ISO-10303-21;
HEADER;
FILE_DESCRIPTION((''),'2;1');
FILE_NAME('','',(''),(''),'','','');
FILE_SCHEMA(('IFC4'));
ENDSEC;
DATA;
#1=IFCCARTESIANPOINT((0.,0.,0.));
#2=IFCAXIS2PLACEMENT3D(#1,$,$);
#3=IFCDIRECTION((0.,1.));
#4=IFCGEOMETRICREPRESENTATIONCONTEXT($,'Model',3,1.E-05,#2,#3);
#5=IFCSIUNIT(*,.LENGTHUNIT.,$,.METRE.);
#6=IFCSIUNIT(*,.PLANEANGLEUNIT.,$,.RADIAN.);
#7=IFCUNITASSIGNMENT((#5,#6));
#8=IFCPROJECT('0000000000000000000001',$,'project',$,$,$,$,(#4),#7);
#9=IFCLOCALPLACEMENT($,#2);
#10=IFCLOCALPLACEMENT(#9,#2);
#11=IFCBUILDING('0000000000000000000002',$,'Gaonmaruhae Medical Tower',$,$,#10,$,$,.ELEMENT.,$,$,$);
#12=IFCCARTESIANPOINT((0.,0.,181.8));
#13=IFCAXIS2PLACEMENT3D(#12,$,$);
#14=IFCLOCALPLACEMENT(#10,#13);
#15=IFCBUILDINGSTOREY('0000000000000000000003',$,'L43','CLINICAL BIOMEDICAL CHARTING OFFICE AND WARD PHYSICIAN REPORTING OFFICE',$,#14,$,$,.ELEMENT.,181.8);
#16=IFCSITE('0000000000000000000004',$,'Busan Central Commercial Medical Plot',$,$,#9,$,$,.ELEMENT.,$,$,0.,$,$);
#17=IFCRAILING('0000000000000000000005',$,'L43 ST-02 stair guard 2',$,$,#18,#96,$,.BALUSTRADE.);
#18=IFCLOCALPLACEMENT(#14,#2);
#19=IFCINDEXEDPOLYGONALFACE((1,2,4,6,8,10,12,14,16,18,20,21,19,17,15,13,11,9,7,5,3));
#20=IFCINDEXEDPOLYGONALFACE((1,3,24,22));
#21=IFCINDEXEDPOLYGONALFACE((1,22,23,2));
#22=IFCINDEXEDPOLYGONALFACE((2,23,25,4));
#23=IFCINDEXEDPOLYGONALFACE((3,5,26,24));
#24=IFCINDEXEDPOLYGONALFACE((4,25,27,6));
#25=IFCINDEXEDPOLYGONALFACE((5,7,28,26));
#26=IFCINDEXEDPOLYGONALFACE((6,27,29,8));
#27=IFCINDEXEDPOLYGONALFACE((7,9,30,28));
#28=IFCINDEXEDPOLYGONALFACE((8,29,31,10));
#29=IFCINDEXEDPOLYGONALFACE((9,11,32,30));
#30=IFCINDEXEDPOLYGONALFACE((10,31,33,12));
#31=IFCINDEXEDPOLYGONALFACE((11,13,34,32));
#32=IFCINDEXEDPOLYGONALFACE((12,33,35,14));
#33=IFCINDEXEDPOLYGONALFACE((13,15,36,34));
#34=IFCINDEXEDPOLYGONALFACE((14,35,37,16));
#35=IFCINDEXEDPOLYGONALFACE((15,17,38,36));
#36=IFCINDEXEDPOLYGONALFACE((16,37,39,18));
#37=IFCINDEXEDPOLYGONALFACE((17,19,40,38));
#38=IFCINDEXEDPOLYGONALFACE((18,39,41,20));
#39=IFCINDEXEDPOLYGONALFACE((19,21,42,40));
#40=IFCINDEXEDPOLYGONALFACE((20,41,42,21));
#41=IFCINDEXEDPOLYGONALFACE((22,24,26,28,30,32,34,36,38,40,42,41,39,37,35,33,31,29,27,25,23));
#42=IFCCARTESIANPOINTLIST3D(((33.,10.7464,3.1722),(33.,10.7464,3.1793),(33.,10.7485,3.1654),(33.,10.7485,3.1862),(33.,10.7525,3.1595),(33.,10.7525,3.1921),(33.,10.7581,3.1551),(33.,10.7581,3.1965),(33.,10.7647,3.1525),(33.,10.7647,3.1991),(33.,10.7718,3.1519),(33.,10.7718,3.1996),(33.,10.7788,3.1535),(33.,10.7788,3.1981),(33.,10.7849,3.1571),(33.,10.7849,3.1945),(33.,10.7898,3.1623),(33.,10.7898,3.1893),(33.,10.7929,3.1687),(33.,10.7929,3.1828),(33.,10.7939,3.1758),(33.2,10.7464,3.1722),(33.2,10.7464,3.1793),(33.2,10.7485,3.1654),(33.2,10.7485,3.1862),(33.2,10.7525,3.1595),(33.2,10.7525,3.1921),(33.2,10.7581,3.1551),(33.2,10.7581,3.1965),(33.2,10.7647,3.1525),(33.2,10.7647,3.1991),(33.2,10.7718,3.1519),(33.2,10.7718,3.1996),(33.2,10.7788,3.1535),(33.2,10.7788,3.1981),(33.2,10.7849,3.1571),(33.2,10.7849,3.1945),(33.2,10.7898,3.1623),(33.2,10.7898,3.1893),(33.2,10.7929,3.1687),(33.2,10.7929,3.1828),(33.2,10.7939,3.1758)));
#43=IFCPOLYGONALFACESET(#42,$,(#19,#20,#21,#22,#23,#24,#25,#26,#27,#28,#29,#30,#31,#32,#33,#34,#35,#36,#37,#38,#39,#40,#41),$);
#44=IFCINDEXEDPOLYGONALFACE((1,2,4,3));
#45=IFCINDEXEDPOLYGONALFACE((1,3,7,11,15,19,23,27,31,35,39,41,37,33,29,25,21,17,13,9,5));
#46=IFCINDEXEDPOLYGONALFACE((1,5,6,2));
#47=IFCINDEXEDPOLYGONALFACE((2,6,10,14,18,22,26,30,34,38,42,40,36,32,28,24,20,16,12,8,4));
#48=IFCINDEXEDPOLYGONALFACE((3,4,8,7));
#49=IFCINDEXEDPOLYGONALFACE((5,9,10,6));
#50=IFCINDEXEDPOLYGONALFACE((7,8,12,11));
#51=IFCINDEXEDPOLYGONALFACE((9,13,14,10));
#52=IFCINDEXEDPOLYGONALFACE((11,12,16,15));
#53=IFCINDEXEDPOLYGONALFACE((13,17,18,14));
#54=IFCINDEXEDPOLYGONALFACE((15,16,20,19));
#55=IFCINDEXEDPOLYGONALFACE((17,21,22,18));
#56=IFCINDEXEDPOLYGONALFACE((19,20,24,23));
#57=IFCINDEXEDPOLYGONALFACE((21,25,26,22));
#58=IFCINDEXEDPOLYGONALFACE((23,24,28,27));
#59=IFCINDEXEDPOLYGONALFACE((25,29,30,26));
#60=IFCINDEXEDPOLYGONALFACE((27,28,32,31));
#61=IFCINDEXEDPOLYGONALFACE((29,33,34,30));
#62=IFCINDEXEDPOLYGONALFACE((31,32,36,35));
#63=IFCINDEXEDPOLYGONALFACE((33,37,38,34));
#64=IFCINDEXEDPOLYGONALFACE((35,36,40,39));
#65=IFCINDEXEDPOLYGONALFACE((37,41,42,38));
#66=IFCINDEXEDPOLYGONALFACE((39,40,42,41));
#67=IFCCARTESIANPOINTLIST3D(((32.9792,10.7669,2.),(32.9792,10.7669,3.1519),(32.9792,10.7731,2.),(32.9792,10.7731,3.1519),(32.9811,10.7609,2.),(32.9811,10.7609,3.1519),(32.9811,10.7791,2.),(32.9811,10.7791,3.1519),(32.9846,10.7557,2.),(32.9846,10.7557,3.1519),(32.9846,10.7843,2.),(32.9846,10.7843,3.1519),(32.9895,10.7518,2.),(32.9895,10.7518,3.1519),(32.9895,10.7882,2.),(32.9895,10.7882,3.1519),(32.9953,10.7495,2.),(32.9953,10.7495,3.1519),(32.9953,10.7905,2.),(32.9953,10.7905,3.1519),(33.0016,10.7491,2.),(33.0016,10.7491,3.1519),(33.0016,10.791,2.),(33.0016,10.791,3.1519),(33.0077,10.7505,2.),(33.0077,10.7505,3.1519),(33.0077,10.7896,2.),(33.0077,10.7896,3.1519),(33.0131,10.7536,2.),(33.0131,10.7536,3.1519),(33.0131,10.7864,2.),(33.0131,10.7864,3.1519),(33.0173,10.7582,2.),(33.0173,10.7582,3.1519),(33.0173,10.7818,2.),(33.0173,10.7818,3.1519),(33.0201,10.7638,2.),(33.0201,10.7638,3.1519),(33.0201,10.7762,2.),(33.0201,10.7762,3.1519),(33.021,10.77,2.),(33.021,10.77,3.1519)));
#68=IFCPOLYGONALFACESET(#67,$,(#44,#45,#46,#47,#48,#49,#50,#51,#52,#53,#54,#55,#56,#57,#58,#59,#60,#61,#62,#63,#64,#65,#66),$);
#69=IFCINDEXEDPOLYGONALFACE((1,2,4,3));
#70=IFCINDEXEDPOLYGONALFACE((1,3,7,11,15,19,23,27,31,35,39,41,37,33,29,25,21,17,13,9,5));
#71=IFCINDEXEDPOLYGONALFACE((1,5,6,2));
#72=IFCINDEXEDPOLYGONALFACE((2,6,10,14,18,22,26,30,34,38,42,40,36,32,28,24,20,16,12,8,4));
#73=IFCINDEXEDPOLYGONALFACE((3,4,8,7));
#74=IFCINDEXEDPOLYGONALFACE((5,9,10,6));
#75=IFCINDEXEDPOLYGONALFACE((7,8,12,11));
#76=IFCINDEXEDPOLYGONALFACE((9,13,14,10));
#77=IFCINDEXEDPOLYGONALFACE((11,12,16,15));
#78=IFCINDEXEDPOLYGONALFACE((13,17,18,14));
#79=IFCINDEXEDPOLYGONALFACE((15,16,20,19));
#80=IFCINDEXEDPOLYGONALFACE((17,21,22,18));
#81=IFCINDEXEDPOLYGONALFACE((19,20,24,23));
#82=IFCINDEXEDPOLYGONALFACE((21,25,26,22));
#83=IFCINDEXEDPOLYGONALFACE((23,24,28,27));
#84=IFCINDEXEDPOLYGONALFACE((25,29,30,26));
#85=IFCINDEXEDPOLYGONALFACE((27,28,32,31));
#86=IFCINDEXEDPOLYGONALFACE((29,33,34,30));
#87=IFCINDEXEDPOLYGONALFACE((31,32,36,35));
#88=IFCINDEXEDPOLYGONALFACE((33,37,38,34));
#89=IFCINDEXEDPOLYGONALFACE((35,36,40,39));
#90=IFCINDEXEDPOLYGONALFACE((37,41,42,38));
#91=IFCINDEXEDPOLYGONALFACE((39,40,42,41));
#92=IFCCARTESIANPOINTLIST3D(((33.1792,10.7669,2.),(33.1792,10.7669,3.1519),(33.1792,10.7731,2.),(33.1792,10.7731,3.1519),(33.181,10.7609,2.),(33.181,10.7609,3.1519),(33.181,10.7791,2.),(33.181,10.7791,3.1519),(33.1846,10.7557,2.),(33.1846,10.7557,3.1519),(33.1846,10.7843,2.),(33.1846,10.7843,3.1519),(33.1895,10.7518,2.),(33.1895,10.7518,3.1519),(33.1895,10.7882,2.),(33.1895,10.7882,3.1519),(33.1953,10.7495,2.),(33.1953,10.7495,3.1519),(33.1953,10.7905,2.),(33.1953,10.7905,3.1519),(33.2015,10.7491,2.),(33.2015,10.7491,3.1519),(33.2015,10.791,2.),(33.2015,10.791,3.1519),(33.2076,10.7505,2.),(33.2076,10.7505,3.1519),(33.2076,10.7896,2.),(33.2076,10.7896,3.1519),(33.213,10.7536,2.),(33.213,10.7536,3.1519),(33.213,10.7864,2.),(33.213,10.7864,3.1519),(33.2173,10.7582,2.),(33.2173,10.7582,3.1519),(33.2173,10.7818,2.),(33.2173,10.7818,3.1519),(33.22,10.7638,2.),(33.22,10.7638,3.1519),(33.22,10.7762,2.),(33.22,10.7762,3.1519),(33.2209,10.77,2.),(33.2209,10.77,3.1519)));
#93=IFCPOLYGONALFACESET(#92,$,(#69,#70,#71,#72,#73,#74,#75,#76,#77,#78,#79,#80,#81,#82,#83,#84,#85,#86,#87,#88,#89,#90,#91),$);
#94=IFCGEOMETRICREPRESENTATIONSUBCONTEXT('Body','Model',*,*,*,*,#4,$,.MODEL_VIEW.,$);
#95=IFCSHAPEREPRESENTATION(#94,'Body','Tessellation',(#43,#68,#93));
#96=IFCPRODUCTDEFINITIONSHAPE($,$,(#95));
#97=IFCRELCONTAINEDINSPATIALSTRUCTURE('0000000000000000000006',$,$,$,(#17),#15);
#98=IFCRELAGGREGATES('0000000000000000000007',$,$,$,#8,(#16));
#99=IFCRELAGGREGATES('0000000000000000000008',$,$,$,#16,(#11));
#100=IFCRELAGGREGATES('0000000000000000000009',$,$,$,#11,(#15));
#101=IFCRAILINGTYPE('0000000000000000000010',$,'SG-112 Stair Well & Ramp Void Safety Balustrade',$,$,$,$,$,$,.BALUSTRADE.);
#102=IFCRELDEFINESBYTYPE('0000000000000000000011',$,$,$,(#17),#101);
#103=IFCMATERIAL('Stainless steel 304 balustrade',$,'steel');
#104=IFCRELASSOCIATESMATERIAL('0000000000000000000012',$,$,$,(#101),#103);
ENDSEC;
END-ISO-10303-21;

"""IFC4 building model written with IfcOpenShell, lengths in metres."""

from ifc_helpers import new_model, si_unit, direction, frame, origin, origin_2d, place, context, subcontext, project, spatial, circle, extrude, material, type_object, element, save


model = new_model("IFC4")

# Units and contexts
model_context = context("Model", 3, precision=1e-05, world=origin(), true_north=direction((0.0, 1.0)))
body_context = subcontext(model_context, "Body", "Model", "MODEL_VIEW")
ifc_project = project(units=[si_unit("LENGTHUNIT", "METRE"), si_unit("PLANEANGLEUNIT", "RADIAN")], contexts=[model_context])

# Site, building, storey
site_placement = place(None, origin())
site = spatial("IfcSite", under=ifc_project, at=site_placement, Name="Busan Central Commercial Medical Plot", CompositionType="ELEMENT", RefElevation=0.0)
building_placement = place(site_placement, origin())
building = spatial("IfcBuilding", under=site, at=building_placement, Name="Gaonmaruhae Medical Tower", CompositionType="ELEMENT")
storey_placement = place(building_placement, frame((0.0, 0.0, 181.8)))
storey = spatial("IfcBuildingStorey", under=building, at=storey_placement, Name="L43", Description="CLINICAL BIOMEDICAL CHARTING OFFICE AND WARD PHYSICIAN REPORTING OFFICE", CompositionType="ELEMENT", Elevation=181.8)

# Railing
ifc_material_1 = material(Name="Stainless steel 304 balustrade", Category="steel")
railing_type_1 = type_object("IfcRailingType", Name="SG-112 Stair Well & Ramp Void Safety Balustrade", PredefinedType="BALUSTRADE", material=ifc_material_1)
railing_1_placement = place(storey_placement, frame((33.0, 10.77, 2.0)))
element("IfcRailing", 1, at=railing_1_placement, inside=storey, type_object=railing_type_1, Name="L43 ST-02 stair guard 2", PredefinedType="BALUSTRADE", context=body_context, shape_type="SweptSolid", body=[
    extrude(circle(Radius=0.0239, at=origin_2d()), frame((0.0, 0.0, 1.1758), z_axis=(1.0, 0.0, 0.0), x_axis=(0.0, 1.0, 0.0)), (0.0, 0.0, 1.0), 0.2),
    extrude(circle(Radius=0.021, at=origin_2d()), origin(), (0.0, 0.0, 1.0), 1.1519),
    extrude(circle(Radius=0.021, at=origin_2d()), frame((0.2, 0.0, 0.0)), (0.0, 0.0, 1.0), 1.1519),
])

save(model, "model.ifc")
